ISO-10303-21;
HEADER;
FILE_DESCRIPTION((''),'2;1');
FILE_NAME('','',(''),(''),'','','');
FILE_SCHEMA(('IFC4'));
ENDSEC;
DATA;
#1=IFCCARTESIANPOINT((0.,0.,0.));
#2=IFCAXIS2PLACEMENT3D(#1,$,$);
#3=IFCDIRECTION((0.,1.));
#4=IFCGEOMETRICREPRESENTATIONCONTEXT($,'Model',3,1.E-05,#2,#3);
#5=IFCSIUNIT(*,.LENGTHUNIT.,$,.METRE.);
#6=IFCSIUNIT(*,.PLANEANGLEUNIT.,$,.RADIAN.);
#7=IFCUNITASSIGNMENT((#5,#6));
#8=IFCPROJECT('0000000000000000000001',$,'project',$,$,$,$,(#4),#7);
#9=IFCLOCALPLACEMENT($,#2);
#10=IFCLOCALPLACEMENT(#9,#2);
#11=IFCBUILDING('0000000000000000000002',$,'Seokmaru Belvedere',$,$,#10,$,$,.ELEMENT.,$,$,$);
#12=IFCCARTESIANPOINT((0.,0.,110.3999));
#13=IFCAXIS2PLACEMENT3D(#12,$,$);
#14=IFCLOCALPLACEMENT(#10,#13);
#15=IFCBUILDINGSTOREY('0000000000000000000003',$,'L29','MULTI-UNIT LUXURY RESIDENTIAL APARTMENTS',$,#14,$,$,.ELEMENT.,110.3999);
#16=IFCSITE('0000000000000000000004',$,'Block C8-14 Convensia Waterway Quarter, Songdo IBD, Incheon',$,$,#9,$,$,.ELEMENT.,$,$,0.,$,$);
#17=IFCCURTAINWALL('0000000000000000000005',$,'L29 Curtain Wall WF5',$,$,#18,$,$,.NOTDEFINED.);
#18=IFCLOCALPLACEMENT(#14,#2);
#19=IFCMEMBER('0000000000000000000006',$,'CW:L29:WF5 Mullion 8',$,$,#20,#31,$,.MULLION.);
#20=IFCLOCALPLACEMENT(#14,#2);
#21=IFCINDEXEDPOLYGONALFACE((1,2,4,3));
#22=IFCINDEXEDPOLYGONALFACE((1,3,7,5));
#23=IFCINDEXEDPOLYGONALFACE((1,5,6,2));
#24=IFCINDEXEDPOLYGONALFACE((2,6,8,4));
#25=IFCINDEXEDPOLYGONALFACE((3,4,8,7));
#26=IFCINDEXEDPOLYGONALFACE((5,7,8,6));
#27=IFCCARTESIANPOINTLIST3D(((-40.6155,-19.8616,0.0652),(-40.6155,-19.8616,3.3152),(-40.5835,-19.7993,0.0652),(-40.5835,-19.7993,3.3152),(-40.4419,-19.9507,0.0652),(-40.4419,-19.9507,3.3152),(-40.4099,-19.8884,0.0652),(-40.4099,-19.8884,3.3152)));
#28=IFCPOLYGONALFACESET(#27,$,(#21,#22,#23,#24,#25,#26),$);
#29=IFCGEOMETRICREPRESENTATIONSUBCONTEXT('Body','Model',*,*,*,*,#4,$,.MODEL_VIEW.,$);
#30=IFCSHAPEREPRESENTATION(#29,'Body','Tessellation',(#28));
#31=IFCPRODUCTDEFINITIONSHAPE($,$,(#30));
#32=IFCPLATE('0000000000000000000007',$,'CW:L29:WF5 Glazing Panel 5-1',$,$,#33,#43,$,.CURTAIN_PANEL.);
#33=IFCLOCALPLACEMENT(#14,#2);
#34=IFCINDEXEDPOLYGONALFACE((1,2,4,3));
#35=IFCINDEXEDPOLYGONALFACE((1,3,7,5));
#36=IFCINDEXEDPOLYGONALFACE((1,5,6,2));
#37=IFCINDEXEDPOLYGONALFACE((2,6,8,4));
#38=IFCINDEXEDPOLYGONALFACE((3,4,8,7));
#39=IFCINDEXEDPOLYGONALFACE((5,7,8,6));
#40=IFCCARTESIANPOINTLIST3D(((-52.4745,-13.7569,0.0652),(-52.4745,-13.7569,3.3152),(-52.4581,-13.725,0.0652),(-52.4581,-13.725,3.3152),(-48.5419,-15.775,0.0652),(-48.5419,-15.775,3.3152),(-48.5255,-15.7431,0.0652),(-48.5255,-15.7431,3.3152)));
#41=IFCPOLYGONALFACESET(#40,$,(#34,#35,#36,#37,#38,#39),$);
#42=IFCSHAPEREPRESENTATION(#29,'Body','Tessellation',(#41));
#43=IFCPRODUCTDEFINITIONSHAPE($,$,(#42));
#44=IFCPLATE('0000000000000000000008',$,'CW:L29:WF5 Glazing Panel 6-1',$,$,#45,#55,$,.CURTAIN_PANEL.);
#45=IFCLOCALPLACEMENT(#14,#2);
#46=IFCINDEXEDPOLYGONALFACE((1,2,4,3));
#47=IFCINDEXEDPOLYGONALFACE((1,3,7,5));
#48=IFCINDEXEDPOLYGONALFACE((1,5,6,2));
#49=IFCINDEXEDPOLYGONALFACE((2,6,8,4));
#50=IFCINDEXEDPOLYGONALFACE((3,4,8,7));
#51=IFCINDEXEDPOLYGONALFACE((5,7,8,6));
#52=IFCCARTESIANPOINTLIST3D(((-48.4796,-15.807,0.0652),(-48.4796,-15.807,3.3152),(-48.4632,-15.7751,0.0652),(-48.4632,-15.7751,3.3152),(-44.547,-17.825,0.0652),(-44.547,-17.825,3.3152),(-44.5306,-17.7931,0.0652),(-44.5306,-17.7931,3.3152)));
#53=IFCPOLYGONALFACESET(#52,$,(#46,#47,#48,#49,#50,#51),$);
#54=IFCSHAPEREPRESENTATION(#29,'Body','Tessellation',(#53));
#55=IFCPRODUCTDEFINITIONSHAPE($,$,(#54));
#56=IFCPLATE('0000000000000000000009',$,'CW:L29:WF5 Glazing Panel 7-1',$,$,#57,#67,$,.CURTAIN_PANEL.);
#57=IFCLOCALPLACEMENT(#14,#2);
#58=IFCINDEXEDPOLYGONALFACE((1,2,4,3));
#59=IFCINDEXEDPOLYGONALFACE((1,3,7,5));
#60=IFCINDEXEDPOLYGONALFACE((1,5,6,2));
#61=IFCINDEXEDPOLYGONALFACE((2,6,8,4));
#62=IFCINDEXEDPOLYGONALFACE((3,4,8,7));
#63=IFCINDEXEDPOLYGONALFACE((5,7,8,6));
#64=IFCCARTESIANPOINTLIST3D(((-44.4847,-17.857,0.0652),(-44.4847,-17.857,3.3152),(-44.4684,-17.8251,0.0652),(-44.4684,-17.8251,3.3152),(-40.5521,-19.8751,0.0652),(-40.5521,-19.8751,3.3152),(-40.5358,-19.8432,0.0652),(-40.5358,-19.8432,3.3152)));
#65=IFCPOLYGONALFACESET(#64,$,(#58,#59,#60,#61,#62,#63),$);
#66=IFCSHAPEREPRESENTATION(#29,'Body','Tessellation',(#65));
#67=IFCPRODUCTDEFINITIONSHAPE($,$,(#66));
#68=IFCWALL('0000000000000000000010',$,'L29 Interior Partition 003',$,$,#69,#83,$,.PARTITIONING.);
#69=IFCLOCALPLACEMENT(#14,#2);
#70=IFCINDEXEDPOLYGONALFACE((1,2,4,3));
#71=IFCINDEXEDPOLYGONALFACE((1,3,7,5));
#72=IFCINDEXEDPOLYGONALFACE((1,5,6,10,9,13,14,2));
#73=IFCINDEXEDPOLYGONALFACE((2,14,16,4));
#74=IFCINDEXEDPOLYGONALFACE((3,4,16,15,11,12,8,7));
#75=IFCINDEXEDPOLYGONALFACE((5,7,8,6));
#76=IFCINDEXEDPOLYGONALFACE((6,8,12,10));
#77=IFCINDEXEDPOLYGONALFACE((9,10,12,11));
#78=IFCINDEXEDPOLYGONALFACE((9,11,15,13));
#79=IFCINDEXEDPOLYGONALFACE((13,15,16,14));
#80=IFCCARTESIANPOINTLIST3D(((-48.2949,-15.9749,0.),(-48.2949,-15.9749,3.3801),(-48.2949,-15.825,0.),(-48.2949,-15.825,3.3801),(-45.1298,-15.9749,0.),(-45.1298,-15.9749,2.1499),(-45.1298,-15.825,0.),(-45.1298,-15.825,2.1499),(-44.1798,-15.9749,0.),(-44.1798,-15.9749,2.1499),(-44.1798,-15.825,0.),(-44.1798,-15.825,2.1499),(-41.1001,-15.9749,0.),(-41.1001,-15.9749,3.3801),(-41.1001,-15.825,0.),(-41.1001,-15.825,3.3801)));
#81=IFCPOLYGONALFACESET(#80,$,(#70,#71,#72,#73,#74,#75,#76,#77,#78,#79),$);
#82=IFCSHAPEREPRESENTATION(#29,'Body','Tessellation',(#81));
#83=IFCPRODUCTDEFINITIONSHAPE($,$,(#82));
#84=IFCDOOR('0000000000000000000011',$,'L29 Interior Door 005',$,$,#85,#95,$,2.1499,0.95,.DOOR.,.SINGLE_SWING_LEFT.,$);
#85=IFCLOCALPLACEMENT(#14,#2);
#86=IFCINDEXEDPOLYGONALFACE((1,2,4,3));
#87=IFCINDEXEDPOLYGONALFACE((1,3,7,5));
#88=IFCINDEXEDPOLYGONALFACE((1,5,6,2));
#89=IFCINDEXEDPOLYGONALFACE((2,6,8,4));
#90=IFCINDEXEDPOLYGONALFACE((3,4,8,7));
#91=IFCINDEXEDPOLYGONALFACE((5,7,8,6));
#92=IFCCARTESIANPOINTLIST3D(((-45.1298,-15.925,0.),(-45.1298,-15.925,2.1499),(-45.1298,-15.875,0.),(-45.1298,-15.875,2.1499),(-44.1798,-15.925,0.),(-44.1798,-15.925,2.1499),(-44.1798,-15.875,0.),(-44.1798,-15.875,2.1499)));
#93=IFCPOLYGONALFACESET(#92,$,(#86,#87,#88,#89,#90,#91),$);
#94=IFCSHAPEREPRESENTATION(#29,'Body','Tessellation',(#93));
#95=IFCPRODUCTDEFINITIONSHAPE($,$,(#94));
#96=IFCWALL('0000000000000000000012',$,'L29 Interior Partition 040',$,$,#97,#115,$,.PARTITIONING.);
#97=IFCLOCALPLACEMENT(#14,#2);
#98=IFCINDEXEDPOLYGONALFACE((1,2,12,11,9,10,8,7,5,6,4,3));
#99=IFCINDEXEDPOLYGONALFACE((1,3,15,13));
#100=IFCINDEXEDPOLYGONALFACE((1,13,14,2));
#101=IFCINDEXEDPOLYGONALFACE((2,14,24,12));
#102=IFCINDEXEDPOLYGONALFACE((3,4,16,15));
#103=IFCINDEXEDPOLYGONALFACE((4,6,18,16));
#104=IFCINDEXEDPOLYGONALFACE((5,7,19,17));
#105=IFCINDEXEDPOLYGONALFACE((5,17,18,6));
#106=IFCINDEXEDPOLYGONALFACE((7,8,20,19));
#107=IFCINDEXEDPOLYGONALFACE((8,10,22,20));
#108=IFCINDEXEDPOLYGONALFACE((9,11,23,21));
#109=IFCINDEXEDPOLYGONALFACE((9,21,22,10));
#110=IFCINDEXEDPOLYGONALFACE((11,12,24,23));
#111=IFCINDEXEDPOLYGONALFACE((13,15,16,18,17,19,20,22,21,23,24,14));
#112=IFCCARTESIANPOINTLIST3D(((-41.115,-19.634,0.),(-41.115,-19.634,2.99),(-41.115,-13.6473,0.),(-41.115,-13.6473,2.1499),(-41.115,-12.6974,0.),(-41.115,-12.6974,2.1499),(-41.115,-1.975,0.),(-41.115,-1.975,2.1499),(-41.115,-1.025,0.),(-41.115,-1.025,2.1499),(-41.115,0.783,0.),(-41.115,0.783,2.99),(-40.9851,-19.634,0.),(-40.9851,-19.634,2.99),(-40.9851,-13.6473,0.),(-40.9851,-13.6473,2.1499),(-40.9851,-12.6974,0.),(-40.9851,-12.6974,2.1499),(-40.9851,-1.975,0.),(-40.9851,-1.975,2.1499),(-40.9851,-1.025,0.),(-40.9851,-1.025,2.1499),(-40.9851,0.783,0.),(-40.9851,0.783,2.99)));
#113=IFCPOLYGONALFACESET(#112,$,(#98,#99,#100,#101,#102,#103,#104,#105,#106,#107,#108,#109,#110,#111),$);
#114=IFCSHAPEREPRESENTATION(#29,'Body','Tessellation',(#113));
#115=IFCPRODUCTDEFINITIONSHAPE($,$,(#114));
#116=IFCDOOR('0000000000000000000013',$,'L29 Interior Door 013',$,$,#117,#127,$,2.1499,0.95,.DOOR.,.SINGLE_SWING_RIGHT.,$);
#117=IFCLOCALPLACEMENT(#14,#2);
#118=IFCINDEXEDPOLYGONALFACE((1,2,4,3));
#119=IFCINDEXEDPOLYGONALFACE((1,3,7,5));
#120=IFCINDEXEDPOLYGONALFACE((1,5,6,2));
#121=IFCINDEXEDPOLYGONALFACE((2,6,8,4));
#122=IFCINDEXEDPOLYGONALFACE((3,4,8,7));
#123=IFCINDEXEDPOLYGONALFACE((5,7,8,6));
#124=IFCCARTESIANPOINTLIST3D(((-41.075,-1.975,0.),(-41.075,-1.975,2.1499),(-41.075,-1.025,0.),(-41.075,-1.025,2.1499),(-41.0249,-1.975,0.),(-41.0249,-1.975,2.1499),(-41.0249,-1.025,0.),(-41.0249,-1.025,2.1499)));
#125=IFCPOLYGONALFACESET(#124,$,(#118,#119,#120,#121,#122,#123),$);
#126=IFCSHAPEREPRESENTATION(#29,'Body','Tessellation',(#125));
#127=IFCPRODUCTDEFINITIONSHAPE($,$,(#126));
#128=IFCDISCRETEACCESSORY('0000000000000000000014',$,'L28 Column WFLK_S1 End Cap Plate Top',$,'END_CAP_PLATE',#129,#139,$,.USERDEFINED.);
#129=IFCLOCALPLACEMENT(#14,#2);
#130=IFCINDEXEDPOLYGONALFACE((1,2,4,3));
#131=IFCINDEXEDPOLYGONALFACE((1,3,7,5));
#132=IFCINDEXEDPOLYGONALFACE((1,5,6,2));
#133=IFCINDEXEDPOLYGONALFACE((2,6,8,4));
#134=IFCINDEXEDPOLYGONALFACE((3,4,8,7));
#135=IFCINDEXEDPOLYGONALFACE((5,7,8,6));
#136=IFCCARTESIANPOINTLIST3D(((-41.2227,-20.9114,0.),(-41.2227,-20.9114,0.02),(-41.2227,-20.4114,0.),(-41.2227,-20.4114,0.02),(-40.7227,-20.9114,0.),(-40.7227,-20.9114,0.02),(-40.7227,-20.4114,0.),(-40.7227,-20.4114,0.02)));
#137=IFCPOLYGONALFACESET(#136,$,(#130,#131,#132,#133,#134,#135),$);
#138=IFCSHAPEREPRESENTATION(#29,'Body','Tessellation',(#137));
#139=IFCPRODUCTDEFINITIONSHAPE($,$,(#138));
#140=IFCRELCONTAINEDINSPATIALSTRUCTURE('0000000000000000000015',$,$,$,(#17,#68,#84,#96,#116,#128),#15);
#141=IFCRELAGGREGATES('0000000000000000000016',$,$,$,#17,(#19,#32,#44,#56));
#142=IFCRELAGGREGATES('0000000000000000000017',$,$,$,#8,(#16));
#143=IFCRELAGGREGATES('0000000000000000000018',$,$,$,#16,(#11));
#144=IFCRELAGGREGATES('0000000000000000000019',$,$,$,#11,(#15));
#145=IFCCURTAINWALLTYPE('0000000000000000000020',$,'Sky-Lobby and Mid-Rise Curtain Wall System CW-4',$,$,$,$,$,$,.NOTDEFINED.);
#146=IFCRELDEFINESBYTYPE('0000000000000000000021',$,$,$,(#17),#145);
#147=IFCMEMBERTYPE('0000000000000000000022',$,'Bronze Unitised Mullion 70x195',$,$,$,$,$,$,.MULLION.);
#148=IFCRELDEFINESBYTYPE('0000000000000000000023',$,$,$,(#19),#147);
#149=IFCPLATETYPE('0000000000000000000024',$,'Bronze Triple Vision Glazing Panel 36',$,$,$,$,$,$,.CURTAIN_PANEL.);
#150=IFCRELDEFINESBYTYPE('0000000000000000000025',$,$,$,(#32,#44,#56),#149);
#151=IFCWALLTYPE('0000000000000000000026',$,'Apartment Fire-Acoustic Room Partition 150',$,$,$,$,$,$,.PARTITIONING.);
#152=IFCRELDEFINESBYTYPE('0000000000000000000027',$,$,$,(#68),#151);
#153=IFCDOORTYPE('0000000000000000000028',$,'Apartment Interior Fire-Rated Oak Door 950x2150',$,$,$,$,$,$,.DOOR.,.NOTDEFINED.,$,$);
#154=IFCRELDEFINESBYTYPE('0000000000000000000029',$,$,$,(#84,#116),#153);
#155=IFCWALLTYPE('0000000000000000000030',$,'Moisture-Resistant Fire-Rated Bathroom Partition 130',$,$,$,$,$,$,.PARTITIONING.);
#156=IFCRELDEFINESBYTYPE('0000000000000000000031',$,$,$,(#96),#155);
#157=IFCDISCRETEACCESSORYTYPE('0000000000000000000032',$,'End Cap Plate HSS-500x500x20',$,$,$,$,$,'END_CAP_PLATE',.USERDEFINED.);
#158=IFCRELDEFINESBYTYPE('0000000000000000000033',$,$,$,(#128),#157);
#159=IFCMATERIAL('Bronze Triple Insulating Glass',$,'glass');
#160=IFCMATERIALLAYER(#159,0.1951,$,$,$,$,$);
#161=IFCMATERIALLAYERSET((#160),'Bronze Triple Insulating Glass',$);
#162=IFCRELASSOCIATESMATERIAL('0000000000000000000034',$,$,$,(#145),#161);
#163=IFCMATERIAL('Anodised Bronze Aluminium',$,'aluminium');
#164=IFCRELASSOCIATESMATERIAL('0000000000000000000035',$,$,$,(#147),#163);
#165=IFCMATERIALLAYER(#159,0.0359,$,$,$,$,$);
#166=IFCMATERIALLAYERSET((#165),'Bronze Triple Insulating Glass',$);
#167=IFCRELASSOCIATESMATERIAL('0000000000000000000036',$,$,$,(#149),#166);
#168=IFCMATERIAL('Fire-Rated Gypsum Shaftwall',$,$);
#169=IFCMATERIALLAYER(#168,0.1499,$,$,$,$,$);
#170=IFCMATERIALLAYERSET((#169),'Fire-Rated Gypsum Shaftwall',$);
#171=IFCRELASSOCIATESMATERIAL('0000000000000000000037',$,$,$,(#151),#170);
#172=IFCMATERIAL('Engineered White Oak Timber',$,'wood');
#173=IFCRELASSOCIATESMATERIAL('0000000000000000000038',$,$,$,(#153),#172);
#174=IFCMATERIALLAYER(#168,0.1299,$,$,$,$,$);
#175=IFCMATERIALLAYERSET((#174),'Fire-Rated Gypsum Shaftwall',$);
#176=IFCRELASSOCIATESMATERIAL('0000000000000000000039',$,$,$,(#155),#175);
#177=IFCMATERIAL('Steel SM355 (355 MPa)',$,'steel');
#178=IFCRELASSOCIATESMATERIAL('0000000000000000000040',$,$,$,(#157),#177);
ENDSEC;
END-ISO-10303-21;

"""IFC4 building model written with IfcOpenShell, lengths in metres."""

from ifc_helpers import new_model, si_unit, direction, frame, frame_2d, origin, origin_2d, place, context, subcontext, project, spatial, rectangle, extrude, source, transform, mapped, material, layer, layer_set, material_profile, profile_set, type_object, type_shapes, element, fill, aggregate, save


model = new_model("IFC4")

# Units and contexts
model_context = context("Model", 3, precision=1e-05, world=origin(), true_north=direction((0.0, 1.0)))
body_context = subcontext(model_context, "Body", "Model", "MODEL_VIEW")
ifc_project = project(units=[si_unit("LENGTHUNIT", "METRE"), si_unit("PLANEANGLEUNIT", "RADIAN")], contexts=[model_context])

# Site, building, storey
site_placement = place(None, origin())
site = spatial("IfcSite", under=ifc_project, at=site_placement, Name="Block C8-14 Convensia Waterway Quarter, Songdo IBD, Incheon", CompositionType="ELEMENT", RefElevation=0.0)
building_placement = place(site_placement, origin())
building = spatial("IfcBuilding", under=site, at=building_placement, Name="Seokmaru Belvedere", CompositionType="ELEMENT")
storey_placement = place(building_placement, frame((0.0, 0.0, 110.3999)))
storey = spatial("IfcBuildingStorey", under=building, at=storey_placement, Name="L29", Description="MULTI-UNIT LUXURY RESIDENTIAL APARTMENTS", CompositionType="ELEMENT", Elevation=110.3999)

# Shared definitions
ifc_material_1 = material(Name="Steel SM355 (355 MPa)", Category="steel")

# Curtain wall, member, plates
ifc_material_2 = material(Name="Bronze Triple Insulating Glass", Category="glass")
ifc_layer_1 = layer(ifc_material_2, 0.1951)
ifc_layer_set_1 = layer_set([ifc_layer_1], Name="Bronze Triple Insulating Glass")
curtain_wall_type = type_object("IfcCurtainWallType", Name="Sky-Lobby and Mid-Rise Curtain Wall System CW-4", PredefinedType="NOTDEFINED", material=ifc_layer_set_1)
curtain_wall_placement = place(storey_placement, origin())
curtain_wall = element("IfcCurtainWall", 1, at=curtain_wall_placement, inside=storey, type_object=curtain_wall_type, Name="L29 Curtain Wall WF5", PredefinedType="NOTDEFINED")
ifc_material_3 = material(Name="Anodised Bronze Aluminium", Category="aluminium")
ifc_material_profile_1 = material_profile(ifc_material_3, rectangle(XDim=0.0701, YDim=0.1951, at=origin_2d()), Name="CW-M-70x195")
ifc_profile_set_1 = profile_set([ifc_material_profile_1], Name="Anodised Bronze Aluminium")
member_type = type_object("IfcMemberType", Name="Bronze Unitised Mullion 70x195", PredefinedType="MULLION", material=ifc_profile_set_1)
shared_shape_1 = source(origin(), body_context, "Body", "SweptSolid", [
    extrude(rectangle(XDim=0.0701, YDim=0.1951, at=origin_2d()), origin(), (0.0, 0.0, 1.0), 3.25),
])
type_shapes(member_type, [shared_shape_1])
member_1_placement = place(storey_placement, frame((-40.5127, -19.875, 0.0652), z_axis=(0.0, 0.0, 1.0), x_axis=(0.456555, 0.889695, 0.0)))
member_1 = element("IfcMember", 2, at=member_1_placement, type_object=member_type, Name="CW:L29:WF5 Mullion 8", PredefinedType="MULLION", context=body_context, shape_type="MappedRepresentation", body=[
    mapped(shared_shape_1, transform((0.0, 0.0, 0.0), scale=1.0)),
])
ifc_layer_2 = layer(ifc_material_2, 0.0359)
ifc_layer_set_2 = layer_set([ifc_layer_2], Name="Bronze Triple Insulating Glass")
plate_type = type_object("IfcPlateType", Name="Bronze Triple Vision Glazing Panel 36", PredefinedType="CURTAIN_PANEL", material=ifc_layer_set_2)
shared_shape_2 = source(origin(), body_context, "Body", "SweptSolid", [
    extrude(rectangle(XDim=4.4202, YDim=0.0359, at=origin_2d()), origin(), (0.0, 0.0, 1.0), 3.25),
])
type_shapes(plate_type, [shared_shape_2])
plate_1_placement = place(storey_placement, frame((-50.5, -14.75, 0.0652), z_axis=(0.0, 0.0, 1.0), x_axis=(0.889695, -0.456555, 0.0)))
plate_1 = element("IfcPlate", 3, at=plate_1_placement, type_object=plate_type, Name="CW:L29:WF5 Glazing Panel 5-1", PredefinedType="CURTAIN_PANEL", context=body_context, shape_type="MappedRepresentation", body=[
    mapped(shared_shape_2, transform((0.0, 0.0, 0.0), scale=1.0)),
])
plate_2_placement = place(storey_placement, frame((-46.5051, -16.8, 0.0652), z_axis=(0.0, 0.0, 1.0), x_axis=(0.889695, -0.456555, 0.0)))
plate_2 = element("IfcPlate", 4, at=plate_2_placement, type_object=plate_type, Name="CW:L29:WF5 Glazing Panel 6-1", PredefinedType="CURTAIN_PANEL", context=body_context, shape_type="MappedRepresentation", body=[
    mapped(shared_shape_2, transform((0.0, 0.0, 0.0), scale=1.0)),
])
plate_3_placement = place(storey_placement, frame((-42.5103, -18.8501, 0.0652), z_axis=(0.0, 0.0, 1.0), x_axis=(0.889695, -0.456555, 0.0)))
plate_3 = element("IfcPlate", 5, at=plate_3_placement, type_object=plate_type, Name="CW:L29:WF5 Glazing Panel 7-1", PredefinedType="CURTAIN_PANEL", context=body_context, shape_type="MappedRepresentation", body=[
    mapped(shared_shape_2, transform((0.0, 0.0, 0.0), scale=1.0)),
])
aggregate(curtain_wall, [member_1, plate_1, plate_2, plate_3])

# Wall, opening, door
ifc_material_4 = material(Name="Fire-Rated Gypsum Shaftwall")
ifc_layer_3 = layer(ifc_material_4, 0.1499)
ifc_layer_set_3 = layer_set([ifc_layer_3], Name="Fire-Rated Gypsum Shaftwall")
wall_type_1 = type_object("IfcWallType", Name="Apartment Fire-Acoustic Room Partition 150", PredefinedType="PARTITIONING", material=ifc_layer_set_3)
wall_1_placement = place(storey_placement, frame((-48.2949, -15.8999, 0.0), z_axis=(0.0, 0.0, 1.0), x_axis=(1.0, 0.0, 0.0)))
wall_1 = element("IfcWall", 6, at=wall_1_placement, inside=storey, type_object=wall_type_1, Name="L29 Interior Partition 003", PredefinedType="PARTITIONING", context=body_context, shape_type="SweptSolid", body=[
    extrude(rectangle(XDim=7.1948, YDim=0.1499, at=frame_2d((3.5974, 0.0))), origin(), (0.0, 0.0, 1.0), 3.3801),
])
opening_1_placement = place(wall_1_placement, frame((3.165, 0.0, 0.0)))
opening_1 = element("IfcOpeningElement", 7, at=opening_1_placement, cuts=wall_1, PredefinedType="OPENING", context=body_context, shape_type="SweptSolid", body=[
    extrude(rectangle(XDim=0.95, YDim=2.1499, at=frame_2d((0.4751, 1.075))), frame((0.0, 0.085, 0.0), z_axis=(0.0, -1.0, 0.0), x_axis=(1.0, 0.0, 0.0)), (0.0, 0.0, 1.0), 0.1699),
])
ifc_material_5 = material(Name="Engineered White Oak Timber", Category="wood")
door_type = type_object("IfcDoorType", Name="Apartment Interior Fire-Rated Oak Door 950x2150", OperationType="NOTDEFINED", PredefinedType="DOOR", material=ifc_material_5)
shared_shape_3 = source(origin(), body_context, "Body", "SweptSolid", [
    extrude(rectangle(XDim=0.95, YDim=2.1499, at=frame_2d((0.4751, 1.075))), frame((0.0, 0.0249, 0.0), z_axis=(0.0, -1.0, 0.0), x_axis=(1.0, 0.0, 0.0)), (0.0, 0.0, 1.0), 0.05),
])
type_shapes(door_type, [shared_shape_3])
door_1_placement = place(opening_1_placement, origin())
door_1 = element("IfcDoor", 8, at=door_1_placement, inside=storey, type_object=door_type, Name="L29 Interior Door 005", OperationType="SINGLE_SWING_LEFT", OverallHeight=2.1499, OverallWidth=0.95, PredefinedType="DOOR", context=body_context, shape_type="MappedRepresentation", body=[
    mapped(shared_shape_3, transform((0.0, 0.0, 0.0), scale=1.0)),
])
fill(opening_1, door_1)

# Wall, openings, door
ifc_layer_4 = layer(ifc_material_4, 0.1299)
ifc_layer_set_4 = layer_set([ifc_layer_4], Name="Fire-Rated Gypsum Shaftwall")
wall_type_2 = type_object("IfcWallType", Name="Moisture-Resistant Fire-Rated Bathroom Partition 130", PredefinedType="PARTITIONING", material=ifc_layer_set_4)
wall_2_placement = place(storey_placement, frame((-41.05, -19.634, 0.0), z_axis=(0.0, 0.0, 1.0), x_axis=(0.0, 1.0, 0.0)))
wall_2 = element("IfcWall", 9, at=wall_2_placement, inside=storey, type_object=wall_type_2, Name="L29 Interior Partition 040", PredefinedType="PARTITIONING", context=body_context, shape_type="SweptSolid", body=[
    extrude(rectangle(XDim=20.417, YDim=0.1299, at=frame_2d((10.2085, 0.0))), origin(), (0.0, 0.0, 1.0), 2.99),
])
opening_2_placement = place(wall_2_placement, frame((5.9866, 0.0, 0.0)))
element("IfcOpeningElement", 10, at=opening_2_placement, cuts=wall_2, PredefinedType="OPENING", context=body_context, shape_type="SweptSolid", body=[
    extrude(rectangle(XDim=0.95, YDim=2.1499, at=frame_2d((0.4751, 1.075))), frame((0.0, 0.075, 0.0), z_axis=(0.0, -1.0, 0.0), x_axis=(1.0, 0.0, 0.0)), (0.0, 0.0, 1.0), 0.1499),
])
opening_3_placement = place(wall_2_placement, frame((17.6589, 0.0, 0.0)))
opening_3 = element("IfcOpeningElement", 11, at=opening_3_placement, cuts=wall_2, PredefinedType="OPENING", context=body_context, shape_type="SweptSolid", body=[
    extrude(rectangle(XDim=0.95, YDim=2.1499, at=frame_2d((0.4751, 1.075))), frame((0.0, 0.075, 0.0), z_axis=(0.0, -1.0, 0.0), x_axis=(1.0, 0.0, 0.0)), (0.0, 0.0, 1.0), 0.1499),
])
door_2_placement = place(opening_3_placement, origin())
door_2 = element("IfcDoor", 12, at=door_2_placement, inside=storey, type_object=door_type, Name="L29 Interior Door 013", OperationType="SINGLE_SWING_RIGHT", OverallHeight=2.1499, OverallWidth=0.95, PredefinedType="DOOR", context=body_context, shape_type="MappedRepresentation", body=[
    mapped(shared_shape_3, transform((0.0, 0.0, 0.0), scale=1.0)),
])
fill(opening_3, door_2)

# Discrete accessory
discrete_accessory_type = type_object("IfcDiscreteAccessoryType", Name="End Cap Plate HSS-500x500x20", ElementType="END_CAP_PLATE", PredefinedType="USERDEFINED", material=ifc_material_1)
shared_shape_4 = source(origin(), body_context, "Body", "SweptSolid", [
    extrude(rectangle(XDim=0.5, YDim=0.5, at=origin_2d()), origin(), (0.0, 0.0, 1.0), 0.02),
])
type_shapes(discrete_accessory_type, [shared_shape_4])
discrete_accessory_placement = place(storey_placement, frame((-40.9727, -20.6614, 0.0), z_axis=(0.0, 0.0, 1.0), x_axis=(1.0, 0.0, 0.0)))
element("IfcDiscreteAccessory", 13, at=discrete_accessory_placement, inside=storey, type_object=discrete_accessory_type, Name="L28 Column WFLK_S1 End Cap Plate Top", ObjectType="END_CAP_PLATE", PredefinedType="USERDEFINED", context=body_context, shape_type="MappedRepresentation", body=[
    mapped(shared_shape_4, transform((0.0, 0.0, 0.0), scale=1.0)),
])

save(model, "model.ifc")
